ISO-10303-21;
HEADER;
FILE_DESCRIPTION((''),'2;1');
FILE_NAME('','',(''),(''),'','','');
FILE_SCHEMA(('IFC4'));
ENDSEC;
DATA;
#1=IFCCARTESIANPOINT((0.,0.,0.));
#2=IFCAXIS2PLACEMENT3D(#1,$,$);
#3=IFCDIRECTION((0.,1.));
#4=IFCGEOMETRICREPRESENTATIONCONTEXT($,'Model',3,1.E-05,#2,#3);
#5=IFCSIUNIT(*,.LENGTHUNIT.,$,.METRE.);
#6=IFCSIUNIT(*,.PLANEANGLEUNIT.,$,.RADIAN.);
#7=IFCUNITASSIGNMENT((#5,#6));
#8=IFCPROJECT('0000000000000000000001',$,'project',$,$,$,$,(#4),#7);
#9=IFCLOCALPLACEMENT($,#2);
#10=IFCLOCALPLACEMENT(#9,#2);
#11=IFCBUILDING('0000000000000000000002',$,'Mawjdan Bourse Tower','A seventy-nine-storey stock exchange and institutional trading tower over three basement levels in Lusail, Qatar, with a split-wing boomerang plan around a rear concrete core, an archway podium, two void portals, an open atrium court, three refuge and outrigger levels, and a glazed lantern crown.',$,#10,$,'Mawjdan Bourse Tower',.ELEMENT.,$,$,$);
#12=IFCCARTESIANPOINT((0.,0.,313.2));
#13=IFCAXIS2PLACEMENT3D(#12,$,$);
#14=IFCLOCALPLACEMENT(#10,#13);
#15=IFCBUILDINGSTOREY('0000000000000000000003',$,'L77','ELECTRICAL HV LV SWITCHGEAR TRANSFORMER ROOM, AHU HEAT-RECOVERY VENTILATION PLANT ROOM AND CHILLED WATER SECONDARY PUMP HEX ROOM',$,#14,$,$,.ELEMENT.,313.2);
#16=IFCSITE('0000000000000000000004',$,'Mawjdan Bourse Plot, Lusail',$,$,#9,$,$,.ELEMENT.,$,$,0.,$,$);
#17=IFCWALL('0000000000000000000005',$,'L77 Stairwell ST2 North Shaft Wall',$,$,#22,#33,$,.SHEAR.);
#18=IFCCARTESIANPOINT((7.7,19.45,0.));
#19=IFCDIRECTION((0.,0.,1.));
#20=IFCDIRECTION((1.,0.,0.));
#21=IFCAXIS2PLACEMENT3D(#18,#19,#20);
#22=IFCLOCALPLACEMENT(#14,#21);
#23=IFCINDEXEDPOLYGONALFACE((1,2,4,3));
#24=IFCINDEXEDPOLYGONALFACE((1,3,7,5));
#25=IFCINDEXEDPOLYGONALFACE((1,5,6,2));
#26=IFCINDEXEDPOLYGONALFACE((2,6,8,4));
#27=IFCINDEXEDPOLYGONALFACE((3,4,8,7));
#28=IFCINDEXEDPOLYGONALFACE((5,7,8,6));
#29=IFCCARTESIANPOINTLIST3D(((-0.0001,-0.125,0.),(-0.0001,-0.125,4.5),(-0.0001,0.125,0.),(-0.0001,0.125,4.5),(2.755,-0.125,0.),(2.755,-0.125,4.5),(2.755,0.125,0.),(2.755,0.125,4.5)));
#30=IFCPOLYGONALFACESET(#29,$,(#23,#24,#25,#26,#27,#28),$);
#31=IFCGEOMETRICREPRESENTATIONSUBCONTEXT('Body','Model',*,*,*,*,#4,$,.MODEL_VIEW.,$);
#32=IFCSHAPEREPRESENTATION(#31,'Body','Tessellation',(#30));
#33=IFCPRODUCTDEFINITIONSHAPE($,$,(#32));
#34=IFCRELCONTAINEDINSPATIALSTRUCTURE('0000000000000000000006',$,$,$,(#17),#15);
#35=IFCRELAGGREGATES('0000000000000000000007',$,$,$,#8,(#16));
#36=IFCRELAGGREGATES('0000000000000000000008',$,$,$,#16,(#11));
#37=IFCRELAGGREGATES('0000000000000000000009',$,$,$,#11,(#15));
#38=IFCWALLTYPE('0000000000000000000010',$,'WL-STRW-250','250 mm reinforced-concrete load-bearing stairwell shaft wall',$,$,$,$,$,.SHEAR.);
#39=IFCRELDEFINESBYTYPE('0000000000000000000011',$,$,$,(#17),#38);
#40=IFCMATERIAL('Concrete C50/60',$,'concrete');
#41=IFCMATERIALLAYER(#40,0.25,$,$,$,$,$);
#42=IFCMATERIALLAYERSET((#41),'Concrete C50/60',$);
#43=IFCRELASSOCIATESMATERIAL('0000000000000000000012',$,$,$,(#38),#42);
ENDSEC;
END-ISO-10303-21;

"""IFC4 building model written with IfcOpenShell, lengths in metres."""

from ifc_helpers import new_model, si_unit, direction, frame, frame_2d, origin, place, context, subcontext, project, spatial, rectangle, extrude, material, layer, layer_set, type_object, element, save


model = new_model("IFC4")

# Units and contexts
model_context = context("Model", 3, precision=1e-05, world=origin(), true_north=direction((0.0, 1.0)))
body_context = subcontext(model_context, "Body", "Model", "MODEL_VIEW")
ifc_project = project(units=[si_unit("LENGTHUNIT", "METRE"), si_unit("PLANEANGLEUNIT", "RADIAN")], contexts=[model_context])

# Site, building, storey
site_placement = place(None, origin())
site = spatial("IfcSite", under=ifc_project, at=site_placement, Name="Mawjdan Bourse Plot, Lusail", CompositionType="ELEMENT", RefElevation=0.0)
building_placement = place(site_placement, origin())
building = spatial("IfcBuilding", under=site, at=building_placement, Name="Mawjdan Bourse Tower", Description="A seventy-nine-storey stock exchange and institutional trading tower over three basement levels in Lusail, Qatar, with a split-wing boomerang plan around a rear concrete core, an archway podium, two void portals, an open atrium court, three refuge and outrigger levels, and a glazed lantern crown.", LongName="Mawjdan Bourse Tower", CompositionType="ELEMENT")
storey_placement = place(building_placement, frame((0.0, 0.0, 313.2)))
storey = spatial("IfcBuildingStorey", under=building, at=storey_placement, Name="L77", Description="ELECTRICAL HV LV SWITCHGEAR TRANSFORMER ROOM, AHU HEAT-RECOVERY VENTILATION PLANT ROOM AND CHILLED WATER SECONDARY PUMP HEX ROOM", CompositionType="ELEMENT", Elevation=313.2)

# Wall
ifc_material_1 = material(Name="Concrete C50/60", Category="concrete")
ifc_layer_1 = layer(ifc_material_1, 0.25)
ifc_layer_set_1 = layer_set([ifc_layer_1], Name="Concrete C50/60")
wall_type_1 = type_object("IfcWallType", Name="WL-STRW-250", Description="250 mm reinforced-concrete load-bearing stairwell shaft wall", PredefinedType="SHEAR", material=ifc_layer_set_1)
wall_1_placement = place(storey_placement, frame((7.7, 19.45, 0.0), z_axis=(0.0, 0.0, 1.0), x_axis=(1.0, 0.0, 0.0)))
element("IfcWall", 1, at=wall_1_placement, inside=storey, type_object=wall_type_1, Name="L77 Stairwell ST2 North Shaft Wall", PredefinedType="SHEAR", context=body_context, shape_type="SweptSolid", body=[
    extrude(rectangle(XDim=2.7551, YDim=0.25, at=frame_2d((1.3774, 0.0))), origin(), (0.0, 0.0, 1.0), 4.5),
])

save(model, "model.ifc")
